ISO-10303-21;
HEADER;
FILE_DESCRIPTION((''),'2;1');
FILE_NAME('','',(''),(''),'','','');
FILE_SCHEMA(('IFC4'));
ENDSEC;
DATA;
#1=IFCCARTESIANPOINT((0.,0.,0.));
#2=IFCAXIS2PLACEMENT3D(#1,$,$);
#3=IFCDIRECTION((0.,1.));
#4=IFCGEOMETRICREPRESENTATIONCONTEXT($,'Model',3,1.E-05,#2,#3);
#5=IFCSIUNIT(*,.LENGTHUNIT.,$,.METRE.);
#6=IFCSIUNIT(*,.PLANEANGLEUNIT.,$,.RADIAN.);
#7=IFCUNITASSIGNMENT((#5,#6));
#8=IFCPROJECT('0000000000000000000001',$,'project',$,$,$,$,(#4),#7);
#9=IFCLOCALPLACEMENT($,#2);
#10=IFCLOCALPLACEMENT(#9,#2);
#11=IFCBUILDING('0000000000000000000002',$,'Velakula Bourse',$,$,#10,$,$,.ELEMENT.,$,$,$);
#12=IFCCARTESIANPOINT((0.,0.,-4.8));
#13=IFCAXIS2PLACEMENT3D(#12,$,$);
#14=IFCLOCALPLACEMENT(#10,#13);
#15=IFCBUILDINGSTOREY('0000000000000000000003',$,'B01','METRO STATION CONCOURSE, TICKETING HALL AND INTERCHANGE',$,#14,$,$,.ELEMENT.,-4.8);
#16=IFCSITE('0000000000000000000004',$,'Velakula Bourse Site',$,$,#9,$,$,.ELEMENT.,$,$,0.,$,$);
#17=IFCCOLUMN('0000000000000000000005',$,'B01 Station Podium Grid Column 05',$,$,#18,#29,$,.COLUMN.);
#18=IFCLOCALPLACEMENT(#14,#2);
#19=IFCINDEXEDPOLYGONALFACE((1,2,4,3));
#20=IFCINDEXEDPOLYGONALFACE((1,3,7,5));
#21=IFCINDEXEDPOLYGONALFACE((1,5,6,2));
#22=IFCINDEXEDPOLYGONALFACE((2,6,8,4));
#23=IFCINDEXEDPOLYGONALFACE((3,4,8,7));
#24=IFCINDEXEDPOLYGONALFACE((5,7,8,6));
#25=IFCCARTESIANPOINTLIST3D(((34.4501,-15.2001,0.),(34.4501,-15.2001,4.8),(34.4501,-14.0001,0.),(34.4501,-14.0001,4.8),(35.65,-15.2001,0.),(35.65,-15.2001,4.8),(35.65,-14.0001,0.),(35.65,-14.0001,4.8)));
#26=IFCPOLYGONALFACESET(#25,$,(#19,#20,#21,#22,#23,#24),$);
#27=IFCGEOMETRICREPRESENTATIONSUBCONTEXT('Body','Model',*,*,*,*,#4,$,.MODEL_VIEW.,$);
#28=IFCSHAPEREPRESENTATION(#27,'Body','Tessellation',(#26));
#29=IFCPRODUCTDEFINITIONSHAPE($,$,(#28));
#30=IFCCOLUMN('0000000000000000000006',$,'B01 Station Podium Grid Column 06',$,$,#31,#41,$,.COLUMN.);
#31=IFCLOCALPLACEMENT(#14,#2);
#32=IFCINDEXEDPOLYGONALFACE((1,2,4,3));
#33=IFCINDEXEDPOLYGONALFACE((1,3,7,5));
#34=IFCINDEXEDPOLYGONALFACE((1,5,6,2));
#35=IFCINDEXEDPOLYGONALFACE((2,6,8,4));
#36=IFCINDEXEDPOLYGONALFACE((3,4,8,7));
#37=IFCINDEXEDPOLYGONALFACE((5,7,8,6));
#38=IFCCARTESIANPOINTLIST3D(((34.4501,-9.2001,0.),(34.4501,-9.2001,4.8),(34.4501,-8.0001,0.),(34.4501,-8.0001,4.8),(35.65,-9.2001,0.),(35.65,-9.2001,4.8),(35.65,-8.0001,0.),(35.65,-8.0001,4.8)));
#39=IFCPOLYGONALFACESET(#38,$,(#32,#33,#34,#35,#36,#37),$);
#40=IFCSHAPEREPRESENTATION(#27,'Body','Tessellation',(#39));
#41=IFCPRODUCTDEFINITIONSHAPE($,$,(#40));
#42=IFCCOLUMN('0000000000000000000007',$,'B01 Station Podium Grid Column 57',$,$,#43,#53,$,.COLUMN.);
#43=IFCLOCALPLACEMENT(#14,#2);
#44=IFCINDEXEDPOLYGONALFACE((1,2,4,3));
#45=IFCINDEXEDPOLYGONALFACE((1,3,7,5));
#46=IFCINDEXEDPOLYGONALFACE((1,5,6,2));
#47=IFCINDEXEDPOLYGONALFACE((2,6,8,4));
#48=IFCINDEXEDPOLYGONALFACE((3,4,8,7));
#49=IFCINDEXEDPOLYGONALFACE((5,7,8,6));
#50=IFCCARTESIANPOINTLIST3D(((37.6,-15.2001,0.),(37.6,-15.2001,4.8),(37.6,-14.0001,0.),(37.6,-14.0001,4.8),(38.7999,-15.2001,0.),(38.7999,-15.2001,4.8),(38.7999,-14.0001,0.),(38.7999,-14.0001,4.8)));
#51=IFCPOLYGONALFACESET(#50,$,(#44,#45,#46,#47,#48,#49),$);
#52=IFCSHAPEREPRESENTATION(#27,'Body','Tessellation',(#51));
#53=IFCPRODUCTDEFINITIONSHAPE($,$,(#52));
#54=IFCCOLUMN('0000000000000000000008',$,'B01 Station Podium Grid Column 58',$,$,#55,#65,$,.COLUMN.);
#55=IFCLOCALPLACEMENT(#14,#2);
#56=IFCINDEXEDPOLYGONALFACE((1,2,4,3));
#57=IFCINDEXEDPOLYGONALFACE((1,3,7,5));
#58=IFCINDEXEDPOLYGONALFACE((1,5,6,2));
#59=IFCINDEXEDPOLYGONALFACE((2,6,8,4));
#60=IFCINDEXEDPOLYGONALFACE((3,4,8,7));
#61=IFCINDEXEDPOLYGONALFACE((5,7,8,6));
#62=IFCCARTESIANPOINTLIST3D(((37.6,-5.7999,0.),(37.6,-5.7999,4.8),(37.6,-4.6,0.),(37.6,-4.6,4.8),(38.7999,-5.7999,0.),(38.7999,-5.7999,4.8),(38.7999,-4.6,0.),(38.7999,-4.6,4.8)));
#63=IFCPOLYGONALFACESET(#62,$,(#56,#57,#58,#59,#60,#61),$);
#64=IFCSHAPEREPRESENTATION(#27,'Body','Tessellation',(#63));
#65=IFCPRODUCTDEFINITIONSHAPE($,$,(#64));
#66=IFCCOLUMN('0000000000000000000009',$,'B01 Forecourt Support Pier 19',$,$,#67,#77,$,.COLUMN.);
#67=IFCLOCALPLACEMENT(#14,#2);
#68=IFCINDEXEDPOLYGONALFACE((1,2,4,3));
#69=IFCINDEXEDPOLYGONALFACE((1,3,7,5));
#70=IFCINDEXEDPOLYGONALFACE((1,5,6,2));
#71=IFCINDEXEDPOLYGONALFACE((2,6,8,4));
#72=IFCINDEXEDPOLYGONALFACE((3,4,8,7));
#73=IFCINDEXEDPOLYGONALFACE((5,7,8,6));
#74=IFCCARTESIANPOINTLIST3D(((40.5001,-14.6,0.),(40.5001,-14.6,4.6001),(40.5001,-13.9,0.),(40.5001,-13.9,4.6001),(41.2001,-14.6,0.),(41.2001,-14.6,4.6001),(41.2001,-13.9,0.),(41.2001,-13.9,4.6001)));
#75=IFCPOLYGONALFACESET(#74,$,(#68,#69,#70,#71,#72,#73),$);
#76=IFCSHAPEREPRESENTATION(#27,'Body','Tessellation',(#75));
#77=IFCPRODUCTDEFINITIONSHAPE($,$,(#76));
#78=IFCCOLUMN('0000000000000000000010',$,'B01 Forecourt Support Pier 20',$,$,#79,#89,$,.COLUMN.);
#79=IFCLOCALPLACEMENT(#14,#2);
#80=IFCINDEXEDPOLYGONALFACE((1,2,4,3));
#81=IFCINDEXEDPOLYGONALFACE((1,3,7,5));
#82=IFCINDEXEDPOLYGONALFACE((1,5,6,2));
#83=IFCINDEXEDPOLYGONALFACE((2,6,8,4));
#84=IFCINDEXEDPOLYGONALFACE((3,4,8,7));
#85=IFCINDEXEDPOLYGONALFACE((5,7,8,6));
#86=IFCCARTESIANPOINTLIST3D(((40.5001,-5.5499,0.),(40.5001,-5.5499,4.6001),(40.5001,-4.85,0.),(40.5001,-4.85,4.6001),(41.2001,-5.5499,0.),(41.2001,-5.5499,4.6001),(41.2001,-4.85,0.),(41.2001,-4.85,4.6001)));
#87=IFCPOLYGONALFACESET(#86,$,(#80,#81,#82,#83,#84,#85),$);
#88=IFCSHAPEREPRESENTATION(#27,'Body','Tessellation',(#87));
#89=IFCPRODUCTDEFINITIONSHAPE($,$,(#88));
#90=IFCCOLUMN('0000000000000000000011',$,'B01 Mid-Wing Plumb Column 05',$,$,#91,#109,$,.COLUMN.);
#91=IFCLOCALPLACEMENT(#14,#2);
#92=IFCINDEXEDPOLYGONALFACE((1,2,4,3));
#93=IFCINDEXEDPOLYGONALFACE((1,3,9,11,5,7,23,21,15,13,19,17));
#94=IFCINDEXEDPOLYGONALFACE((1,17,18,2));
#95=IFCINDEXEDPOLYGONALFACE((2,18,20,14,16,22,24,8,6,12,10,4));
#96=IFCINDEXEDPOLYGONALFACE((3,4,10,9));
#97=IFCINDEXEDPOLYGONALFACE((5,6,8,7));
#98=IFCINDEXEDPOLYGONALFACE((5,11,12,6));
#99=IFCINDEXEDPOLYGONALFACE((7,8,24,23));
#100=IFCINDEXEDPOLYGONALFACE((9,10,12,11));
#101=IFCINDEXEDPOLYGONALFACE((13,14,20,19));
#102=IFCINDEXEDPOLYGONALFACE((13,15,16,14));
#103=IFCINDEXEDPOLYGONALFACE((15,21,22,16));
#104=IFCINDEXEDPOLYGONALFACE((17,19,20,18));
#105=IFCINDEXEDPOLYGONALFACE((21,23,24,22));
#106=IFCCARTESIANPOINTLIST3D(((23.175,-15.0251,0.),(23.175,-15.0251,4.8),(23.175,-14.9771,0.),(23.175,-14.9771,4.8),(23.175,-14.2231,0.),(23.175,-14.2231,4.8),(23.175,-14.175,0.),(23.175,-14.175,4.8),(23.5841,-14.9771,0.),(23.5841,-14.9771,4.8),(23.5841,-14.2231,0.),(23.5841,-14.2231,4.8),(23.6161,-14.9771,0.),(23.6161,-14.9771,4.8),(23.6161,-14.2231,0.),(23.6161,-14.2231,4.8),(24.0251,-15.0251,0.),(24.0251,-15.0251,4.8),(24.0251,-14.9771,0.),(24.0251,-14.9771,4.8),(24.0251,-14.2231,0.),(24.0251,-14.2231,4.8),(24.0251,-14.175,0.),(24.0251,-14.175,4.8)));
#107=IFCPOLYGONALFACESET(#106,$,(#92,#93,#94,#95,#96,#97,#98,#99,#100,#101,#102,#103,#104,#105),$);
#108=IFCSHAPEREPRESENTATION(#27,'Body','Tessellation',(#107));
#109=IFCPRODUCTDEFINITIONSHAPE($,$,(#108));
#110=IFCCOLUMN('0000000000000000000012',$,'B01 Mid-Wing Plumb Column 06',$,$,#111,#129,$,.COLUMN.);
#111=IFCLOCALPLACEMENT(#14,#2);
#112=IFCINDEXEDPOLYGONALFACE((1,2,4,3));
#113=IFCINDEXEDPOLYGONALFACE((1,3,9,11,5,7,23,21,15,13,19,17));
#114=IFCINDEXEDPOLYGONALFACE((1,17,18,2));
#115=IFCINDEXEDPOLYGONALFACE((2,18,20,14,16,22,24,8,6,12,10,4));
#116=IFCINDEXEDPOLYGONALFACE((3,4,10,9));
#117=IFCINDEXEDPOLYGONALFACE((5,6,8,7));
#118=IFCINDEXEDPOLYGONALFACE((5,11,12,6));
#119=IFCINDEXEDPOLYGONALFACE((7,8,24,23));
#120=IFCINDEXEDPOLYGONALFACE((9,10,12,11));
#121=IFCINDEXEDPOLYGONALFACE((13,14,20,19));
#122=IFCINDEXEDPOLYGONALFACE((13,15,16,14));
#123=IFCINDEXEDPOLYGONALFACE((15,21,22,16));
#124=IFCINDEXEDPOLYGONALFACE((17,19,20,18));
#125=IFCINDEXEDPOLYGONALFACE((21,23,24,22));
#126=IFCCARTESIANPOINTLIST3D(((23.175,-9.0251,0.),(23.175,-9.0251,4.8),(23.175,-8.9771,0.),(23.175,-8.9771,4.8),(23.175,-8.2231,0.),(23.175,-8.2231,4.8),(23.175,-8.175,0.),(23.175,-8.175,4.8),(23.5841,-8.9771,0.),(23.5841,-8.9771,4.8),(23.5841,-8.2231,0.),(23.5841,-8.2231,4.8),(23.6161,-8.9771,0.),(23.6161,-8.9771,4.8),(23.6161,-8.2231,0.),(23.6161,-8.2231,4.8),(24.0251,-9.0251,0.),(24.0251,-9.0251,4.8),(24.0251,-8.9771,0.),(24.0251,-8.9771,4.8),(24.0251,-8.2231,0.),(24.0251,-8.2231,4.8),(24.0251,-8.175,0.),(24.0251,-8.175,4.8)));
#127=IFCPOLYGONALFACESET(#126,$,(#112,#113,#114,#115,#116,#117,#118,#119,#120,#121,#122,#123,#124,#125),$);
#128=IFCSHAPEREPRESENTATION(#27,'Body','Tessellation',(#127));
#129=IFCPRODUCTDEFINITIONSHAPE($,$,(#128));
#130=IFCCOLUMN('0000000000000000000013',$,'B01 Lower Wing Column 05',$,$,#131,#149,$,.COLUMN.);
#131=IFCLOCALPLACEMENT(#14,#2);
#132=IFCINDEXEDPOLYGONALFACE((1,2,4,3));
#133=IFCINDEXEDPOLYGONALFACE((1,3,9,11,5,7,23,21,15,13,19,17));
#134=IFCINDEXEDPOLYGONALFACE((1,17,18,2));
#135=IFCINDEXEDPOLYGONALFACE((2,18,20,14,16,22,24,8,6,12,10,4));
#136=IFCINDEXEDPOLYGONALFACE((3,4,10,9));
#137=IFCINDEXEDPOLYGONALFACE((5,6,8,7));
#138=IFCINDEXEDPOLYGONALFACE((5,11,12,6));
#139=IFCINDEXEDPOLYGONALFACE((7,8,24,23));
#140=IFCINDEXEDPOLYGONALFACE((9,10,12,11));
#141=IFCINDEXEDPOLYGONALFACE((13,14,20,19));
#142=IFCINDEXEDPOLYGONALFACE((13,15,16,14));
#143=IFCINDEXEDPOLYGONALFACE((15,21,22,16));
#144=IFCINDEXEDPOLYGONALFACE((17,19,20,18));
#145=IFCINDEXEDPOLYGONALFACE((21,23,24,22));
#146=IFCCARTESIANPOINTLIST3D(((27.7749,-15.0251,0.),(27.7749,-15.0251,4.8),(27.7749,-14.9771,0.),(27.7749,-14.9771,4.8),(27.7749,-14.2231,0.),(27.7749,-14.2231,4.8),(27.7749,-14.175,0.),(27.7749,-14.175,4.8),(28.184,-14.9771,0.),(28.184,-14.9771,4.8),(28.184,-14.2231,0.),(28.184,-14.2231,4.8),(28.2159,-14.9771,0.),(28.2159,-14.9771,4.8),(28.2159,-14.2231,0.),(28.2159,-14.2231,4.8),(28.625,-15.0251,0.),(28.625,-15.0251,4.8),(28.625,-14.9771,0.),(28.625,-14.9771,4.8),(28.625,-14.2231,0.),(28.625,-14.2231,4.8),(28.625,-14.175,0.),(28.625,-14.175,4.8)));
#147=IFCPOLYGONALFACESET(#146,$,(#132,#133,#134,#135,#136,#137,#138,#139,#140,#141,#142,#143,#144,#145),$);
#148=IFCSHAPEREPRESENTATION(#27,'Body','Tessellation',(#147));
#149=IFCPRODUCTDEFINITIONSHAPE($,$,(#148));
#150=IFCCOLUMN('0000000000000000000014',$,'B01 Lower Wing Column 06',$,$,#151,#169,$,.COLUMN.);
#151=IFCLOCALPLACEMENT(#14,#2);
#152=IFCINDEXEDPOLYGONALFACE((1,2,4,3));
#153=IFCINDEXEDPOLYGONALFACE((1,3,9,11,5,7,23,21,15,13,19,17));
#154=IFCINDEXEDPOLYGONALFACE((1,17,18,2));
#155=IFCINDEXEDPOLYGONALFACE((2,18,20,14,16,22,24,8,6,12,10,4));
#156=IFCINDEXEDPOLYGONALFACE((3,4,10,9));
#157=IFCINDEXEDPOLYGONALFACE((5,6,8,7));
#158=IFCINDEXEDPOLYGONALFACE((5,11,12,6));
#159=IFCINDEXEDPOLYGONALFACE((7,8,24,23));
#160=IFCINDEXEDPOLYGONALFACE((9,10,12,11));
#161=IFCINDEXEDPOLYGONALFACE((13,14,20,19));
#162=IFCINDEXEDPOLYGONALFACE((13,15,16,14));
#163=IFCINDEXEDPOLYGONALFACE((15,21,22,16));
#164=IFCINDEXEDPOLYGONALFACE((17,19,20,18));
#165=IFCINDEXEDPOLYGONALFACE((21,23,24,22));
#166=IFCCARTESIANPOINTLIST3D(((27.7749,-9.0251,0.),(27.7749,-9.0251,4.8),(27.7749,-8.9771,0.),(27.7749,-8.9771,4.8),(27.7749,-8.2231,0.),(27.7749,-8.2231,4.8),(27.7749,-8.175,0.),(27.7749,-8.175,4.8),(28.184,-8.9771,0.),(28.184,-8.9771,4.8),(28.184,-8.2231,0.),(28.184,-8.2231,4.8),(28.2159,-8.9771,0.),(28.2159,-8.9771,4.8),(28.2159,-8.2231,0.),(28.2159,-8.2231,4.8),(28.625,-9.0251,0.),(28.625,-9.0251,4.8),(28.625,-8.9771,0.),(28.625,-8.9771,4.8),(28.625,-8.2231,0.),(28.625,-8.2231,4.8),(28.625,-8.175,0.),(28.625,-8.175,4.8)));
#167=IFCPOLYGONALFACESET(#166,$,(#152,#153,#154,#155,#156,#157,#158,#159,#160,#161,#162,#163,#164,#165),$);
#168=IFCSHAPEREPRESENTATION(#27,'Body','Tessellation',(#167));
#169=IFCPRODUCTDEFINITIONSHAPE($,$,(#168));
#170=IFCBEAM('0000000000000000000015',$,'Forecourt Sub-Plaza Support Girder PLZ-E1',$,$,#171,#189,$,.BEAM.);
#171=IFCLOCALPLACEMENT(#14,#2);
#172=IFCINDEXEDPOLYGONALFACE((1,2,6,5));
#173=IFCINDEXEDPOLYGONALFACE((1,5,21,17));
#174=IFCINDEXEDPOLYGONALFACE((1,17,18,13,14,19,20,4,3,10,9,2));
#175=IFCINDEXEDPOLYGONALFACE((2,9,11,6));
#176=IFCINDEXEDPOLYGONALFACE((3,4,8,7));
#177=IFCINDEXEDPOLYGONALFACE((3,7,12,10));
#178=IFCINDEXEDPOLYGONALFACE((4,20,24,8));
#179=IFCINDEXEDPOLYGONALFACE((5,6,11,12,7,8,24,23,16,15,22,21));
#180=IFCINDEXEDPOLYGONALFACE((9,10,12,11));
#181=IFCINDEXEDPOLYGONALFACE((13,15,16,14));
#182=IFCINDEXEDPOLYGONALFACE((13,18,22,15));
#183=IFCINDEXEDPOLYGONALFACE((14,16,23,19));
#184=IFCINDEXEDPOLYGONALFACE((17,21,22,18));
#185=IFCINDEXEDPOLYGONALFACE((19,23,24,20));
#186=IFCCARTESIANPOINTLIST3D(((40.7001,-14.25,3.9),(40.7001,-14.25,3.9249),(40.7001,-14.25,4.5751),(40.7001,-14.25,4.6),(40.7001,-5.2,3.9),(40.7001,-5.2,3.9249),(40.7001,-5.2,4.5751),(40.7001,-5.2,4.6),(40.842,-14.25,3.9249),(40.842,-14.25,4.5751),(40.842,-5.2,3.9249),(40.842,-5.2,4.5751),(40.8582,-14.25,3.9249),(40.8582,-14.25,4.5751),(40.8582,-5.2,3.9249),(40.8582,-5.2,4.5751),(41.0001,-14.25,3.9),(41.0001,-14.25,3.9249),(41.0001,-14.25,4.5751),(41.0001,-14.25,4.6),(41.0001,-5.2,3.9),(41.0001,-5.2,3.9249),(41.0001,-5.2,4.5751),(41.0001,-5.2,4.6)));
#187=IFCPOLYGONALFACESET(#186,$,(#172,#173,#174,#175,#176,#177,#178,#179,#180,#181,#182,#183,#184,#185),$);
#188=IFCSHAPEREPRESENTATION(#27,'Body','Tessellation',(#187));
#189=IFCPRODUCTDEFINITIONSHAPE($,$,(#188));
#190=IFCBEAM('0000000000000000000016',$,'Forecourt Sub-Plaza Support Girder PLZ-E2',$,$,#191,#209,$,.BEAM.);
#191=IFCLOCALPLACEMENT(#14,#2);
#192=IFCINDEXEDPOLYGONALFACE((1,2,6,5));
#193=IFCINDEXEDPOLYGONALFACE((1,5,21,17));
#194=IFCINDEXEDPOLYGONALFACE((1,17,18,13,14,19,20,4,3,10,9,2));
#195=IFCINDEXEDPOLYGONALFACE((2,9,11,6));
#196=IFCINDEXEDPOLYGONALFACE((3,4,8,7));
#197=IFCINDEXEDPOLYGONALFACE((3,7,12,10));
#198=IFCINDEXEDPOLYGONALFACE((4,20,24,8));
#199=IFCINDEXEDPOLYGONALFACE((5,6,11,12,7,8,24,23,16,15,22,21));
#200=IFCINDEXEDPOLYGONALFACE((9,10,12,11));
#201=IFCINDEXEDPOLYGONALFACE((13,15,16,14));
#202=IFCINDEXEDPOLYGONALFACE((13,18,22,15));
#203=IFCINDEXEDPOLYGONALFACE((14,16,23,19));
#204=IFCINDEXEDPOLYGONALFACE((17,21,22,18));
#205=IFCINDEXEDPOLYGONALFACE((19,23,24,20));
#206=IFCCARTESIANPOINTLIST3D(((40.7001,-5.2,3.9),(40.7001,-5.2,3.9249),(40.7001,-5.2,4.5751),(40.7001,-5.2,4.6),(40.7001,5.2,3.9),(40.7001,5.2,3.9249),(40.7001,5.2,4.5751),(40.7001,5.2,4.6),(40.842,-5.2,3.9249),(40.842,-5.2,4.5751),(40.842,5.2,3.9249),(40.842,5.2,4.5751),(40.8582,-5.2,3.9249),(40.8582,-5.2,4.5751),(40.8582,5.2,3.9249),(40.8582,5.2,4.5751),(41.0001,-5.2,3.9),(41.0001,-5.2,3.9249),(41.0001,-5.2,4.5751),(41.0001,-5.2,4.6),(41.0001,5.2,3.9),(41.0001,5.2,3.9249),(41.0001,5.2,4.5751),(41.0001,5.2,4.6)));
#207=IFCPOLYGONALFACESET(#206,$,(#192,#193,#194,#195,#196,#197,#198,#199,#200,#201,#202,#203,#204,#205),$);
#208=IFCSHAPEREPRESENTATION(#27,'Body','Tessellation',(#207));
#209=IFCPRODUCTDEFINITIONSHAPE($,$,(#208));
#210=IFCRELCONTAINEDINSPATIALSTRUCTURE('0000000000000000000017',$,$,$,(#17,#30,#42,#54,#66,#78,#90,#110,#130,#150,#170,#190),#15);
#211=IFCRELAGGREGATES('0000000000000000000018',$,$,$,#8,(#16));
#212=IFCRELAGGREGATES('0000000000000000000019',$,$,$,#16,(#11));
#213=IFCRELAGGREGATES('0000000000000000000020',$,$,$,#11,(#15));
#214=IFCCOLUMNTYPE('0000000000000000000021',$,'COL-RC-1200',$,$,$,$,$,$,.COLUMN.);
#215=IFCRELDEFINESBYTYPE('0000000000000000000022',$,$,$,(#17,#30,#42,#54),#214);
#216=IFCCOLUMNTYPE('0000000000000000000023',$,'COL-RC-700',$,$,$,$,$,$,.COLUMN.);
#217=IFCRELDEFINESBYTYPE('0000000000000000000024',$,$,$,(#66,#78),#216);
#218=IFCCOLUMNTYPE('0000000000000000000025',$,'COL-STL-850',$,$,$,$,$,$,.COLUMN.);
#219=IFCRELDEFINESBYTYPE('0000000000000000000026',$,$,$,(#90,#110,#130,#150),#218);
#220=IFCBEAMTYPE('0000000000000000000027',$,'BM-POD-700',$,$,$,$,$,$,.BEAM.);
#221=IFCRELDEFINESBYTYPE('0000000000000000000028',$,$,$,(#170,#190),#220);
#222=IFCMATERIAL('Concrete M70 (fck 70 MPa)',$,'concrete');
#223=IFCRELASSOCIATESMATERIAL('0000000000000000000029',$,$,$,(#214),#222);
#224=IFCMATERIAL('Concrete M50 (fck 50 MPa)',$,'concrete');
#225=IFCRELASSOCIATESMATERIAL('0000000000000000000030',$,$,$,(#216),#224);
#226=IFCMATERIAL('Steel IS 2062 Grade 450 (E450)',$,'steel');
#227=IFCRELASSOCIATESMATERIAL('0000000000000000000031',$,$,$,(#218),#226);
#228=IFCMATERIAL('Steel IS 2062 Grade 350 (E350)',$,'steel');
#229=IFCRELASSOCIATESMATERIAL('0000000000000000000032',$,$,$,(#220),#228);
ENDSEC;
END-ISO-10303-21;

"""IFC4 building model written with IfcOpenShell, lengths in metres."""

from ifc_helpers import new_model, si_unit, direction, frame, origin, origin_2d, place, context, subcontext, project, spatial, rectangle, i_section, extrude, material, material_profile, profile_set, type_object, element, save


model = new_model("IFC4")

# Units and contexts
model_context = context("Model", 3, precision=1e-05, world=origin(), true_north=direction((0.0, 1.0)))
body_context = subcontext(model_context, "Body", "Model", "MODEL_VIEW")
ifc_project = project(units=[si_unit("LENGTHUNIT", "METRE"), si_unit("PLANEANGLEUNIT", "RADIAN")], contexts=[model_context])

# Site, building, storey
site_placement = place(None, origin())
site = spatial("IfcSite", under=ifc_project, at=site_placement, Name="Velakula Bourse Site", CompositionType="ELEMENT", RefElevation=0.0)
building_placement = place(site_placement, origin())
building = spatial("IfcBuilding", under=site, at=building_placement, Name="Velakula Bourse", CompositionType="ELEMENT")
storey_placement = place(building_placement, frame((0.0, 0.0, -4.8)))
storey = spatial("IfcBuildingStorey", under=building, at=storey_placement, Name="B01", Description="METRO STATION CONCOURSE, TICKETING HALL AND INTERCHANGE", CompositionType="ELEMENT", Elevation=-4.8)

# Columns
ifc_material_1 = material(Name="Concrete M70 (fck 70 MPa)", Category="concrete")
ifc_material_profile_1 = material_profile(ifc_material_1, rectangle(XDim=1.2, YDim=1.2, at=origin_2d()), Name="Concrete M70 (fck 70 MPa)")
ifc_profile_set_1 = profile_set([ifc_material_profile_1], Name="Concrete M70 (fck 70 MPa)")
column_type_1 = type_object("IfcColumnType", Name="COL-RC-1200", PredefinedType="COLUMN", material=ifc_profile_set_1)
for number, where, z_axis, x_axis, name in (
    (1, (35.05, -14.6001, 0.0), (0.0, 0.0, 1.0), (1.0, 0.0, 0.0), "B01 Station Podium Grid Column 05"),
    (2, (35.05, -8.6001, 0.0), (0.0, 0.0, 1.0), (1.0, 0.0, 0.0), "B01 Station Podium Grid Column 06"),
    (3, (38.2, -14.6001, 0.0), (0.0, 0.0, 1.0), (1.0, 0.0, 0.0), "B01 Station Podium Grid Column 57"),
    (4, (38.2, -5.2, 0.0), (0.0, 0.0, 1.0), (1.0, 0.0, 0.0), "B01 Station Podium Grid Column 58"),
):
    element("IfcColumn", number, at=place(storey_placement, frame(where, z_axis=z_axis, x_axis=x_axis)), inside=storey, type_object=column_type_1, Name=name, PredefinedType="COLUMN", context=body_context, shape_type="SweptSolid", body=[
        extrude(rectangle(XDim=1.2, YDim=1.2, at=origin_2d()), origin(), (0.0, 0.0, 1.0), 4.8),
    ])
ifc_material_2 = material(Name="Concrete M50 (fck 50 MPa)", Category="concrete")
ifc_material_profile_2 = material_profile(ifc_material_2, rectangle(XDim=0.7, YDim=0.7, at=origin_2d()), Name="Concrete M50 (fck 50 MPa)")
ifc_profile_set_2 = profile_set([ifc_material_profile_2], Name="Concrete M50 (fck 50 MPa)")
column_type_2 = type_object("IfcColumnType", Name="COL-RC-700", PredefinedType="COLUMN", material=ifc_profile_set_2)
for number, where, z_axis, x_axis, name in (
    (5, (40.8501, -14.25, 0.0), (0.0, 0.0, 1.0), (1.0, 0.0, 0.0), "B01 Forecourt Support Pier 19"),
    (6, (40.8501, -5.2, 0.0), (0.0, 0.0, 1.0), (1.0, 0.0, 0.0), "B01 Forecourt Support Pier 20"),
):
    element("IfcColumn", number, at=place(storey_placement, frame(where, z_axis=z_axis, x_axis=x_axis)), inside=storey, type_object=column_type_2, Name=name, PredefinedType="COLUMN", context=body_context, shape_type="SweptSolid", body=[
        extrude(rectangle(XDim=0.7, YDim=0.7, at=origin_2d()), origin(), (0.0, 0.0, 1.0), 4.6001),
    ])
ifc_material_3 = material(Name="Steel IS 2062 Grade 450 (E450)", Category="steel")
ifc_material_profile_3 = material_profile(ifc_material_3, i_section(OverallWidth=0.8501, OverallDepth=0.8501, WebThickness=0.032, FlangeThickness=0.0481, at=origin_2d()), Name="Steel IS 2062 Grade 450 (E450)")
ifc_profile_set_3 = profile_set([ifc_material_profile_3], Name="Steel IS 2062 Grade 450 (E450)")
column_type_3 = type_object("IfcColumnType", Name="COL-STL-850", PredefinedType="COLUMN", material=ifc_profile_set_3)
for number, where, z_axis, x_axis, name in (
    (7, (23.6001, -14.6001, 0.0), (0.0, 0.0, 1.0), (1.0, 0.0, 0.0), "B01 Mid-Wing Plumb Column 05"),
    (8, (23.6001, -8.6001, 0.0), (0.0, 0.0, 1.0), (1.0, 0.0, 0.0), "B01 Mid-Wing Plumb Column 06"),
    (9, (28.2, -14.6001, 0.0), (0.0, 0.0, 1.0), (1.0, 0.0, 0.0), "B01 Lower Wing Column 05"),
    (10, (28.2, -8.6001, 0.0), (0.0, 0.0, 1.0), (1.0, 0.0, 0.0), "B01 Lower Wing Column 06"),
):
    element("IfcColumn", number, at=place(storey_placement, frame(where, z_axis=z_axis, x_axis=x_axis)), inside=storey, type_object=column_type_3, Name=name, PredefinedType="COLUMN", context=body_context, shape_type="SweptSolid", body=[
        extrude(i_section(OverallWidth=0.8501, OverallDepth=0.8501, WebThickness=0.032, FlangeThickness=0.0481, at=origin_2d()), origin(), (0.0, 0.0, 1.0), 4.8),
    ])

# Beams
ifc_material_4 = material(Name="Steel IS 2062 Grade 350 (E350)", Category="steel")
ifc_material_profile_4 = material_profile(ifc_material_4, i_section(OverallWidth=0.3, OverallDepth=0.7, WebThickness=0.0161, FlangeThickness=0.0249, at=origin_2d()), Name="Steel IS 2062 Grade 350 (E350)")
ifc_profile_set_4 = profile_set([ifc_material_profile_4], Name="Steel IS 2062 Grade 350 (E350)")
beam_type_1 = type_object("IfcBeamType", Name="BM-POD-700", PredefinedType="BEAM", material=ifc_profile_set_4)
beam_1_placement = place(storey_placement, frame((40.8501, -14.25, 4.25), z_axis=(0.0, 1.0, 0.0), x_axis=(-1.0, 0.0, 0.0)))
element("IfcBeam", 11, at=beam_1_placement, inside=storey, type_object=beam_type_1, Name="Forecourt Sub-Plaza Support Girder PLZ-E1", PredefinedType="BEAM", context=body_context, shape_type="SweptSolid", body=[
    extrude(i_section(OverallWidth=0.3, OverallDepth=0.7, WebThickness=0.0161, FlangeThickness=0.0249, at=origin_2d()), origin(), (0.0, 0.0, 1.0), 9.05),
])
beam_2_placement = place(storey_placement, frame((40.8501, -5.2, 4.25), z_axis=(0.0, 1.0, 0.0), x_axis=(-1.0, 0.0, 0.0)))
element("IfcBeam", 12, at=beam_2_placement, inside=storey, type_object=beam_type_1, Name="Forecourt Sub-Plaza Support Girder PLZ-E2", PredefinedType="BEAM", context=body_context, shape_type="SweptSolid", body=[
    extrude(i_section(OverallWidth=0.3, OverallDepth=0.7, WebThickness=0.0161, FlangeThickness=0.0249, at=origin_2d()), origin(), (0.0, 0.0, 1.0), 10.3999),
])

save(model, "model.ifc")
